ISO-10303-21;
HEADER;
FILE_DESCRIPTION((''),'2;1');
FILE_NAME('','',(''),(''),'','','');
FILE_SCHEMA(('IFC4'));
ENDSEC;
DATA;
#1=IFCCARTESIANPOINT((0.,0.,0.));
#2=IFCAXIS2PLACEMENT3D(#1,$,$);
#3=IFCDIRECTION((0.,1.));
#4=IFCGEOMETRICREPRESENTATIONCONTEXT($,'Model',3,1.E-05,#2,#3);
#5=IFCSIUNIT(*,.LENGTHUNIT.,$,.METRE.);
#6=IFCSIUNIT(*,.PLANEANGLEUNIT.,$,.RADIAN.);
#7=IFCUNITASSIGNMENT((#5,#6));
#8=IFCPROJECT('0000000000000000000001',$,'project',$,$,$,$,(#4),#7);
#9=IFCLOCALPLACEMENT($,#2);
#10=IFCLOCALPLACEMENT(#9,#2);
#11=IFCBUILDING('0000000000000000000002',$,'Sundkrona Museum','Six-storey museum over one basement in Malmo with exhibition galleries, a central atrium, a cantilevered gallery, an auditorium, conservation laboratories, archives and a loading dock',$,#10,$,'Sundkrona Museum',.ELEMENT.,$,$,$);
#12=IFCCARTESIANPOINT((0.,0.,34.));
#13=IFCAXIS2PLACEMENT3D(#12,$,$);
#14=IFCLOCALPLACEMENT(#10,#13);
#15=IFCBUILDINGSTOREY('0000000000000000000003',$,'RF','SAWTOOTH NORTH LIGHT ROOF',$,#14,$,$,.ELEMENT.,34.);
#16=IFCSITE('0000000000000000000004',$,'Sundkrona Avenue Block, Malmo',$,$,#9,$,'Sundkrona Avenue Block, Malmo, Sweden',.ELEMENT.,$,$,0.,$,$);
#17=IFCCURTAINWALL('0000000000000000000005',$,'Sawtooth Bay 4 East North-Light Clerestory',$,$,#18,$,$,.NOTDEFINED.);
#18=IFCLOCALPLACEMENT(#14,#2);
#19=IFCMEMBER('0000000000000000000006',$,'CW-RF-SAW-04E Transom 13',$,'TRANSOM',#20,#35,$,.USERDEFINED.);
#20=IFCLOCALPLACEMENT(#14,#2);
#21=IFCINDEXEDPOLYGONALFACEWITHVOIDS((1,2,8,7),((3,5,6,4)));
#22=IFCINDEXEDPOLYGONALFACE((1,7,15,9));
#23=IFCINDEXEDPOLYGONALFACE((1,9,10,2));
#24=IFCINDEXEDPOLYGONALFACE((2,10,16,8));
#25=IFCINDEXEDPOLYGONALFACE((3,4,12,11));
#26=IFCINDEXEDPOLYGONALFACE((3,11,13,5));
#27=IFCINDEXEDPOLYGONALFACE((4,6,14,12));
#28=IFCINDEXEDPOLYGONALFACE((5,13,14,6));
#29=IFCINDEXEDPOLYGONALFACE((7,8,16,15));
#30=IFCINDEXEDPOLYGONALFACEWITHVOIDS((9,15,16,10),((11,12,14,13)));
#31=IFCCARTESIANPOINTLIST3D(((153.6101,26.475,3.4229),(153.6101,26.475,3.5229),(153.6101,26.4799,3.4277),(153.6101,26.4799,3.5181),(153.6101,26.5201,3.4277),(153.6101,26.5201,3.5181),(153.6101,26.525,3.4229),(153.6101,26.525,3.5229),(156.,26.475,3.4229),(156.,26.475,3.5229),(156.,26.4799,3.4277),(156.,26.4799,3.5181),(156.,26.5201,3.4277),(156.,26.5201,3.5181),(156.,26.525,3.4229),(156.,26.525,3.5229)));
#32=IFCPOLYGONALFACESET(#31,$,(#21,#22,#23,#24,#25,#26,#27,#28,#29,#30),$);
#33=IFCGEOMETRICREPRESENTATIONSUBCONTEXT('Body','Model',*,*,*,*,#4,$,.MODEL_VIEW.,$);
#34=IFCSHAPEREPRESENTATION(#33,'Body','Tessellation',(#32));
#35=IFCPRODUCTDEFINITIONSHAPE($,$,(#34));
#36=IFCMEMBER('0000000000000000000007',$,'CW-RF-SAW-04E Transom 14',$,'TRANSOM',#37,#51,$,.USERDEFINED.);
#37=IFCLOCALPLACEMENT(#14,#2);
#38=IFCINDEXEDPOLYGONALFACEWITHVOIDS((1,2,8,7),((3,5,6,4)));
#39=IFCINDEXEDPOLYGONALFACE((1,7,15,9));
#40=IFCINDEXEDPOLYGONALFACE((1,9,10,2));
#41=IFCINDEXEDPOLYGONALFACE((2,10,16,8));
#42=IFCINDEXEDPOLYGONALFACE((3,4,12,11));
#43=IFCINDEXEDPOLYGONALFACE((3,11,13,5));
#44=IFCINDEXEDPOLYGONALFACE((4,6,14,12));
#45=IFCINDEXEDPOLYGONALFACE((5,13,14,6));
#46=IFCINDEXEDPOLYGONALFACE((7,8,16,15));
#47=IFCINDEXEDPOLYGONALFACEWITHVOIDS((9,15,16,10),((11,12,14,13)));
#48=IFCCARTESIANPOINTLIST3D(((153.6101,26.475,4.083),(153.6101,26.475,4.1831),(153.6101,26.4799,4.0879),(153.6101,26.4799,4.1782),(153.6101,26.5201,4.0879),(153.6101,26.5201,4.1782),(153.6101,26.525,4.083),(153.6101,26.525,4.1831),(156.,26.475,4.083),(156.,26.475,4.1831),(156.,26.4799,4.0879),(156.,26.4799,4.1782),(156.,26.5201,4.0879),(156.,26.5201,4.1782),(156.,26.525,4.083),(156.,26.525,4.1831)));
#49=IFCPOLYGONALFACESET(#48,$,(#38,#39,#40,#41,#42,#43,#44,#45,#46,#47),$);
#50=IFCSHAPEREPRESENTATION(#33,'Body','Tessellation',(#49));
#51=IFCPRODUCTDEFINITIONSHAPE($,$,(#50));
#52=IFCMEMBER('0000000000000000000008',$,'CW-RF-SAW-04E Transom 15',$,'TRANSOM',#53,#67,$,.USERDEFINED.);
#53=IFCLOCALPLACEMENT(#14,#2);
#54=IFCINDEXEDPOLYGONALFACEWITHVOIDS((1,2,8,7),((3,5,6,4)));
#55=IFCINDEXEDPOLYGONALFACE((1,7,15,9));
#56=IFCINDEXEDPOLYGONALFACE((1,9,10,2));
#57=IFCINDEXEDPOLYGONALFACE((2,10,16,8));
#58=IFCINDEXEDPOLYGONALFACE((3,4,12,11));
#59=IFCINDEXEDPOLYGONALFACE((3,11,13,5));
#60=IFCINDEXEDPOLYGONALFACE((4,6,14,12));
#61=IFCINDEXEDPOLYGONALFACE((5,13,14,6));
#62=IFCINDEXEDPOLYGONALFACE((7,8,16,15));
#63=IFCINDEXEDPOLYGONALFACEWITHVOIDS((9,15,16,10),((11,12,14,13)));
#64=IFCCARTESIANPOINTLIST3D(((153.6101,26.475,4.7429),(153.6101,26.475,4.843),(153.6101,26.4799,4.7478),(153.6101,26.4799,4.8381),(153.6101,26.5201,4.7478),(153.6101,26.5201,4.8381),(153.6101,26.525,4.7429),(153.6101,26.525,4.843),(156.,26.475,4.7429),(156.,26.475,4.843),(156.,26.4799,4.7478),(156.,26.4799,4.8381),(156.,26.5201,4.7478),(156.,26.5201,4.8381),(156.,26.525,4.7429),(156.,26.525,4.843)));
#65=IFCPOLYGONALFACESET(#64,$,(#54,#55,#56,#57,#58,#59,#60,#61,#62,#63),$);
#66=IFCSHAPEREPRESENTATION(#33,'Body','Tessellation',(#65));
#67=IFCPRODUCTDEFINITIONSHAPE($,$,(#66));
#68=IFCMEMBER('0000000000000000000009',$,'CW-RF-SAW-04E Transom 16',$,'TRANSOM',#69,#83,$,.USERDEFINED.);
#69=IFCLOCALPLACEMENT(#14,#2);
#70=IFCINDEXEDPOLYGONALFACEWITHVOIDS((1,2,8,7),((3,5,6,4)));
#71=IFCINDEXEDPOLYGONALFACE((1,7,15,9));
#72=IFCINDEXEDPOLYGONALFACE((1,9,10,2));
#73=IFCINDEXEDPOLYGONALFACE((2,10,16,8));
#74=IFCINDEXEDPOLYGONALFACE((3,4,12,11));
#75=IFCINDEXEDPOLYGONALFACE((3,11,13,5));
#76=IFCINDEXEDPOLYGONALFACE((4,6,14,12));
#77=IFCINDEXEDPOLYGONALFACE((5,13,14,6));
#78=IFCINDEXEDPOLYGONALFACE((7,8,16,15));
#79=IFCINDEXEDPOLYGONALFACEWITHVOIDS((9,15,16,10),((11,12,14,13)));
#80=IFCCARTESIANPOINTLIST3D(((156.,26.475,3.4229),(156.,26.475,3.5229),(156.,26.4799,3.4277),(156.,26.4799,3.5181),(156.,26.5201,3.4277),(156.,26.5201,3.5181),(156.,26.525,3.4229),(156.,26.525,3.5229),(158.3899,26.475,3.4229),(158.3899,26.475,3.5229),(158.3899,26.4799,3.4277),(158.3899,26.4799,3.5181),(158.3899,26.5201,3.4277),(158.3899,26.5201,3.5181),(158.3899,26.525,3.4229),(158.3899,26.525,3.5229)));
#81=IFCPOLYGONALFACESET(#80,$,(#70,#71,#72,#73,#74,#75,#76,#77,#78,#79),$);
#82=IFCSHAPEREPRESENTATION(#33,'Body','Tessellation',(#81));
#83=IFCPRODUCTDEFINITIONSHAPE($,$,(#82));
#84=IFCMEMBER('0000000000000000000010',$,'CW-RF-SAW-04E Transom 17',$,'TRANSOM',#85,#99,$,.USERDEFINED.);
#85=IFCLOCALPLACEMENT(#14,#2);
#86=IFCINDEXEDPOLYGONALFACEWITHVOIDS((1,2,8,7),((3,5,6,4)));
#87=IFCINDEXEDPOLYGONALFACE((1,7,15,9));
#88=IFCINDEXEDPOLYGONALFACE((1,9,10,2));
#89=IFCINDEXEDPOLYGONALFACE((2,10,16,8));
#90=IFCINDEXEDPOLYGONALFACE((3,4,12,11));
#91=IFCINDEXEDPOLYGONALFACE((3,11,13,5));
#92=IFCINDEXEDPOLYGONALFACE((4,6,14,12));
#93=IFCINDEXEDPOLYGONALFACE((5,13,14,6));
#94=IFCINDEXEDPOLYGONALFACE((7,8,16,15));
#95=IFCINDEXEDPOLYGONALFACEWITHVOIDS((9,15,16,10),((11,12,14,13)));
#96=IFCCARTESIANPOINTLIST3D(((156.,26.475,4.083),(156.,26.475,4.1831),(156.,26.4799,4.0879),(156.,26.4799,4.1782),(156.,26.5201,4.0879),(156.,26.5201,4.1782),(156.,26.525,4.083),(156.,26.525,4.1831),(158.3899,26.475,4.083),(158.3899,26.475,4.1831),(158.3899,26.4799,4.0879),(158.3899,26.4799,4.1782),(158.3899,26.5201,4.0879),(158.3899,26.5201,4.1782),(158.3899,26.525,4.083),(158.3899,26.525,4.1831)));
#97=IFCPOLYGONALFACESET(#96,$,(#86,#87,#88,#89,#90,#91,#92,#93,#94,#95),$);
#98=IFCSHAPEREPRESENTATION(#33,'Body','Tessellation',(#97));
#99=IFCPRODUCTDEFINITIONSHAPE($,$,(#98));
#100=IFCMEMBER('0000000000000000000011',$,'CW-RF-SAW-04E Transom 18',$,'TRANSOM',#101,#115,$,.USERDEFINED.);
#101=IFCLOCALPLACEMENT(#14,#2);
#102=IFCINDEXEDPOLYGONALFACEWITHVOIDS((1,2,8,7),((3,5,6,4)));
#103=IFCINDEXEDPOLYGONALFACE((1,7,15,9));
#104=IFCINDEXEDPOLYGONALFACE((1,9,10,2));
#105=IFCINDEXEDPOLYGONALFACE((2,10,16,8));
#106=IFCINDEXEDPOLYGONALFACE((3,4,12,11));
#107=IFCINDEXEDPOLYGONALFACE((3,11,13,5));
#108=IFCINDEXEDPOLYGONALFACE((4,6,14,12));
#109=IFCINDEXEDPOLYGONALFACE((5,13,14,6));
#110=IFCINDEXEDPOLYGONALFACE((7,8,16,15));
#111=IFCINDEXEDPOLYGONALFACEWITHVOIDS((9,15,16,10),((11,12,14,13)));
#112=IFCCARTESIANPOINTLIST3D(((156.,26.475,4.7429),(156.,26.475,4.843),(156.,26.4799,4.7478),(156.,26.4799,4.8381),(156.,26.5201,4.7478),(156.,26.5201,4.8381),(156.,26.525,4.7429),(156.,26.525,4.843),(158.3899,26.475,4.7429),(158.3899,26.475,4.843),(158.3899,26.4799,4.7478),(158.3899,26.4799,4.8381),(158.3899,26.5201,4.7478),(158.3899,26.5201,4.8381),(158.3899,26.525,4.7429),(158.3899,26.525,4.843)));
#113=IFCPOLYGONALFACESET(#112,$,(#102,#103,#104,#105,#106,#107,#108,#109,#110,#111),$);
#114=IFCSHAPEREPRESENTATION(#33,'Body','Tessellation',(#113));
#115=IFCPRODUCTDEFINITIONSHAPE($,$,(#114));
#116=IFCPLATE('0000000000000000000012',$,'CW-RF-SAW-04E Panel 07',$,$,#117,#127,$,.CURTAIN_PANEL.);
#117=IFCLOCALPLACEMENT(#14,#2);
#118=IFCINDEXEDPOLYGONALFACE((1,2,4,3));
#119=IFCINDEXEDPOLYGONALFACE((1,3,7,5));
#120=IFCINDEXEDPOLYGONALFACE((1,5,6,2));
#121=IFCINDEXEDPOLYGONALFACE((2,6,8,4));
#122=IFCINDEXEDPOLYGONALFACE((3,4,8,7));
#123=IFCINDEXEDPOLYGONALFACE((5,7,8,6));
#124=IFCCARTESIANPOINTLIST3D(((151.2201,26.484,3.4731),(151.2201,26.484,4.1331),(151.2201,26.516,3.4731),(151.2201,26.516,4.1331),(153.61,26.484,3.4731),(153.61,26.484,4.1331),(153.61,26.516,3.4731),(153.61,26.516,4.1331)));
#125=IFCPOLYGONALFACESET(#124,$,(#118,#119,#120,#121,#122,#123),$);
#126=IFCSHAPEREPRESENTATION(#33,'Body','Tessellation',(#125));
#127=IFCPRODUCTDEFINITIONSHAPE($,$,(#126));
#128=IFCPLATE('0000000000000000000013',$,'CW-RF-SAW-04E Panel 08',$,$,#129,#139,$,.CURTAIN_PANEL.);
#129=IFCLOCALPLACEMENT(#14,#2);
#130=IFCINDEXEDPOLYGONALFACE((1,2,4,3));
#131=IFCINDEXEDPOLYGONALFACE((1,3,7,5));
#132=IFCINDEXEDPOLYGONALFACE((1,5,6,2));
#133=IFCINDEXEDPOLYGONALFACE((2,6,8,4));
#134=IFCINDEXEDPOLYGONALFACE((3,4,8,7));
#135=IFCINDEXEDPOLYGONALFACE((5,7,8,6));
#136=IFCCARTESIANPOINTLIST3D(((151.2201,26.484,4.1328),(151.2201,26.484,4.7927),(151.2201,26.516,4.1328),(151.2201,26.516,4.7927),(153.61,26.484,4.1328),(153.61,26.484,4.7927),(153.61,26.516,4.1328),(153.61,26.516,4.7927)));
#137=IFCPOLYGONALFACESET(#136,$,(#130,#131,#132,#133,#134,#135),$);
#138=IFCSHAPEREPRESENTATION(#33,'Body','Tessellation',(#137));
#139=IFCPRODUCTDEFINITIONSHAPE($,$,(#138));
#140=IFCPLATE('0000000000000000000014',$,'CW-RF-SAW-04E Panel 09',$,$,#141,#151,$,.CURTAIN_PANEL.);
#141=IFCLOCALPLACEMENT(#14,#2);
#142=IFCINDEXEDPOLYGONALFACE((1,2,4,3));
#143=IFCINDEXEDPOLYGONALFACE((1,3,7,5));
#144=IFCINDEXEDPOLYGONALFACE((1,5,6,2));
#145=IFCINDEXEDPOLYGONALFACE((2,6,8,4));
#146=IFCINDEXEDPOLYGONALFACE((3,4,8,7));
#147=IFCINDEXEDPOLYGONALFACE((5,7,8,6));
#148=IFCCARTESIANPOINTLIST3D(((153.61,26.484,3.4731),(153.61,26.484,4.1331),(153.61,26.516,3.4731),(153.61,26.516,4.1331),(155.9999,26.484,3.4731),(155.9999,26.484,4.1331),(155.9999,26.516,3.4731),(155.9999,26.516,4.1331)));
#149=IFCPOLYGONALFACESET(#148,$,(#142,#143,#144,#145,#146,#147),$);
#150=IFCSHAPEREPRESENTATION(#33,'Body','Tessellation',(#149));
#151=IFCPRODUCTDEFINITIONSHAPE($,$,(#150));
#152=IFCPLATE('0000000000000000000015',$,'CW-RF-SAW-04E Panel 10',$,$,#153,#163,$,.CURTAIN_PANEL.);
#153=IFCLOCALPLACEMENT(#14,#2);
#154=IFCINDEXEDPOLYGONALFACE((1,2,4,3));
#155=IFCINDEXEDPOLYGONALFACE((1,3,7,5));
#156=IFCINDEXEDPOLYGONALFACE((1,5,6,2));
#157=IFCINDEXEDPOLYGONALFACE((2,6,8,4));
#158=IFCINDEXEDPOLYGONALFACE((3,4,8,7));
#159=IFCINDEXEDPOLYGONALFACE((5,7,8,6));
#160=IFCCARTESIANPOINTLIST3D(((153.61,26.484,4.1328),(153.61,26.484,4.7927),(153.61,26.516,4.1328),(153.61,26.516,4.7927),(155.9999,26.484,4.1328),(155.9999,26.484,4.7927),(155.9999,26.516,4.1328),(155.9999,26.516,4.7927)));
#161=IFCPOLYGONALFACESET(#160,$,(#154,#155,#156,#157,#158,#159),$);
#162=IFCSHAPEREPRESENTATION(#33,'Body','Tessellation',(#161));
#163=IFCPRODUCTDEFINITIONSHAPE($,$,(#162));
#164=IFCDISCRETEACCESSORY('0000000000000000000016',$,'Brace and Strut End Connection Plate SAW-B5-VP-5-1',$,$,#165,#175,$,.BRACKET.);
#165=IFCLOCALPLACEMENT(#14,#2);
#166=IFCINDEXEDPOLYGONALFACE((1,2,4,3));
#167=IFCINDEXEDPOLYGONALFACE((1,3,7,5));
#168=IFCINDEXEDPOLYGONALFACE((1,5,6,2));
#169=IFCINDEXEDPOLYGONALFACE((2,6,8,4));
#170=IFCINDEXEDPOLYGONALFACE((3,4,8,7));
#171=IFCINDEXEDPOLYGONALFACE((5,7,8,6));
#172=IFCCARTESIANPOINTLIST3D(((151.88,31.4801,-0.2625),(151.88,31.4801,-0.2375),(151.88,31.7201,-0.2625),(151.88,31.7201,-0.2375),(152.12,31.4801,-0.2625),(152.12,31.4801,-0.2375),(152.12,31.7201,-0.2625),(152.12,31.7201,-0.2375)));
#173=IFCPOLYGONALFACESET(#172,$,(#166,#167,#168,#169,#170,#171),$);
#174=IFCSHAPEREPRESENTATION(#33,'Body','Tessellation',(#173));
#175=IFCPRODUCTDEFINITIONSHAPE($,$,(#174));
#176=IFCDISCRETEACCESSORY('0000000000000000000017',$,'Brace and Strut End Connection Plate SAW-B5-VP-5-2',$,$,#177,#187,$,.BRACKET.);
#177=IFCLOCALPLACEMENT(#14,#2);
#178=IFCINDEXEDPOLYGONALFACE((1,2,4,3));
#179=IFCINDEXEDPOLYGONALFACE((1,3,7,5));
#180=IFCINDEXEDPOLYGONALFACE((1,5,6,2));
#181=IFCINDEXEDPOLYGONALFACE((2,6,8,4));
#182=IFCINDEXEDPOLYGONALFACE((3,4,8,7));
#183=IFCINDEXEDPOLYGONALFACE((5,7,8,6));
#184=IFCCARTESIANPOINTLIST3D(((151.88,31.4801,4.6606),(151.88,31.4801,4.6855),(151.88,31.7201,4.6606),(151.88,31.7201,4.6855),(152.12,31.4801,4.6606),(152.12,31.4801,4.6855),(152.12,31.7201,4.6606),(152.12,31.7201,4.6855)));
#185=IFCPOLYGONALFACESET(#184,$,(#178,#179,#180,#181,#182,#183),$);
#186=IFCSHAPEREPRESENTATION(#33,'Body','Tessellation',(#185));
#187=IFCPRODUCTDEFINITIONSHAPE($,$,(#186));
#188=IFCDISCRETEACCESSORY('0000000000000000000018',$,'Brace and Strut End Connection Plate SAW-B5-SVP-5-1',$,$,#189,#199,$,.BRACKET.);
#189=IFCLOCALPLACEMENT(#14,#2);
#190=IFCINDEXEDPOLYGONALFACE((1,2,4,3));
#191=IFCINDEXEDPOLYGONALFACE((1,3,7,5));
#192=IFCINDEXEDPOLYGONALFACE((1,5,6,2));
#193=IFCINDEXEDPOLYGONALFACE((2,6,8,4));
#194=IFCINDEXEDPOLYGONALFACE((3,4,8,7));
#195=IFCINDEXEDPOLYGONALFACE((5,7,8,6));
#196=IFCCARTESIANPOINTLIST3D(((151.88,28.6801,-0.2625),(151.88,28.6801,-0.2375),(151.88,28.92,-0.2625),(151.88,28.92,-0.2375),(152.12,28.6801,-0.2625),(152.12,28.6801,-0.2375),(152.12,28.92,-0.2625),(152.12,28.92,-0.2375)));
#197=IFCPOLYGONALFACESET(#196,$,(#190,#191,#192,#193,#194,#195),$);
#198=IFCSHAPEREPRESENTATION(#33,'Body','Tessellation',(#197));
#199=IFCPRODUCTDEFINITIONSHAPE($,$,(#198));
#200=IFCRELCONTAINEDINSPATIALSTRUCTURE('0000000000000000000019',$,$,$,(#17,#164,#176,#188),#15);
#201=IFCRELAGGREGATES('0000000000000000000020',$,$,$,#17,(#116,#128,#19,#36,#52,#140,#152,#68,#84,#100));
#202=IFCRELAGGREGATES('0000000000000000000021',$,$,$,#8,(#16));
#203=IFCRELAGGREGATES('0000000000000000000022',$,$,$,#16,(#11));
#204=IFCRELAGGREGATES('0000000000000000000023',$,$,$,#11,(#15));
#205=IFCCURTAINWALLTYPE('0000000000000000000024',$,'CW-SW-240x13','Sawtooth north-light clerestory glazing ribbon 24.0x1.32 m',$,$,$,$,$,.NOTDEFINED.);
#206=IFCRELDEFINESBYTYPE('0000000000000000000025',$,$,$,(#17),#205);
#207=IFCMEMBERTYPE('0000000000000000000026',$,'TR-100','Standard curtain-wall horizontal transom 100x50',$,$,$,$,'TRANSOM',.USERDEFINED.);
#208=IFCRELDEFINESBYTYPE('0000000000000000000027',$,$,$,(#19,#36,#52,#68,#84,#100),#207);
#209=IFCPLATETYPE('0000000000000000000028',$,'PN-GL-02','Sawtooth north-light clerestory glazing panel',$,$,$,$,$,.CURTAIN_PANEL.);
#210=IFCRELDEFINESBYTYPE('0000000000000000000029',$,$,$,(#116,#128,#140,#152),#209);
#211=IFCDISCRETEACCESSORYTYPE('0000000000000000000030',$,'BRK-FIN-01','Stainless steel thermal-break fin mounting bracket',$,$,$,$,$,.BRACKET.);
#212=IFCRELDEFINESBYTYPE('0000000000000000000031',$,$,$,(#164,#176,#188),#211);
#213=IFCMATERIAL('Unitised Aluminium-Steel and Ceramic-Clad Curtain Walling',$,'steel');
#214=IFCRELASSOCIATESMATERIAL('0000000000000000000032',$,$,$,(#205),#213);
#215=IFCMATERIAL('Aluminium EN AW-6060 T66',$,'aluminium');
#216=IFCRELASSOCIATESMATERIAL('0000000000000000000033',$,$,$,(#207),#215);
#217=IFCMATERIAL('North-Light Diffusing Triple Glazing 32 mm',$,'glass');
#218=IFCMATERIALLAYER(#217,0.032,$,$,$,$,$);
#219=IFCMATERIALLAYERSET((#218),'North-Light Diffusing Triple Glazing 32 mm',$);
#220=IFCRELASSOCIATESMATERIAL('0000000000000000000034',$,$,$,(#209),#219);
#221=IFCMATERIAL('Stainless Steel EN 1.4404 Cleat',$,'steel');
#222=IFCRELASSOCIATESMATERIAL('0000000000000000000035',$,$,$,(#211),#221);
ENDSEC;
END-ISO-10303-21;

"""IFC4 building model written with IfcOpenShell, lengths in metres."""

from ifc_helpers import new_model, si_unit, direction, frame, origin, origin_2d, place, context, subcontext, project, spatial, rectangle, hollow_rectangle, extrude, material, layer, layer_set, material_profile, profile_set, type_object, element, aggregate, save


model = new_model("IFC4")

# Units and contexts
model_context = context("Model", 3, precision=1e-05, world=origin(), true_north=direction((0.0, 1.0)))
body_context = subcontext(model_context, "Body", "Model", "MODEL_VIEW")
ifc_project = project(units=[si_unit("LENGTHUNIT", "METRE"), si_unit("PLANEANGLEUNIT", "RADIAN")], contexts=[model_context])

# Site, building, storey
site_placement = place(None, origin())
site = spatial("IfcSite", under=ifc_project, at=site_placement, Name="Sundkrona Avenue Block, Malmo", LongName="Sundkrona Avenue Block, Malmo, Sweden", CompositionType="ELEMENT", RefElevation=0.0)
building_placement = place(site_placement, origin())
building = spatial("IfcBuilding", under=site, at=building_placement, Name="Sundkrona Museum", Description="Six-storey museum over one basement in Malmo with exhibition galleries, a central atrium, a cantilevered gallery, an auditorium, conservation laboratories, archives and a loading dock", LongName="Sundkrona Museum", CompositionType="ELEMENT")
storey_placement = place(building_placement, frame((0.0, 0.0, 34.0)))
storey = spatial("IfcBuildingStorey", under=building, at=storey_placement, Name="RF", Description="SAWTOOTH NORTH LIGHT ROOF", CompositionType="ELEMENT", Elevation=34.0)

# Curtain wall
ifc_material_1 = material(Name="Unitised Aluminium-Steel and Ceramic-Clad Curtain Walling", Category="steel")
curtain_wall_type = type_object("IfcCurtainWallType", Name="CW-SW-240x13", Description="Sawtooth north-light clerestory glazing ribbon 24.0x1.32 m", PredefinedType="NOTDEFINED", material=ifc_material_1)
curtain_wall_placement = place(storey_placement, origin())
curtain_wall = element("IfcCurtainWall", 1, at=curtain_wall_placement, inside=storey, type_object=curtain_wall_type, Name="Sawtooth Bay 4 East North-Light Clerestory", PredefinedType="NOTDEFINED")
ifc_material_2 = material(Name="Aluminium EN AW-6060 T66", Category="aluminium")

# Members
ifc_material_profile_1 = material_profile(ifc_material_2, hollow_rectangle(XDim=0.05, YDim=0.1001, WallThickness=0.0049, at=origin_2d()), Name="RHS 100x50x5.0")
ifc_profile_set_1 = profile_set([ifc_material_profile_1], Name="Aluminium EN AW-6060 T66")
member_type_1 = type_object("IfcMemberType", Name="TR-100", Description="Standard curtain-wall horizontal transom 100x50", ElementType="TRANSOM", PredefinedType="USERDEFINED", material=ifc_profile_set_1)
member_1_placement = place(storey_placement, frame((153.6101, 26.5, 3.4729), z_axis=(1.0, 0.0, 0.0), x_axis=(0.0, 1.0, 0.0)))
member_1 = element("IfcMember", 2, at=member_1_placement, type_object=member_type_1, Name="CW-RF-SAW-04E Transom 13", ObjectType="TRANSOM", PredefinedType="USERDEFINED", context=body_context, shape_type="SweptSolid", body=[
    extrude(hollow_rectangle(XDim=0.05, YDim=0.1001, WallThickness=0.0049, at=origin_2d()), origin(), (0.0, 0.0, 1.0), 2.3899),
])
member_2_placement = place(storey_placement, frame((153.6101, 26.5, 4.1331), z_axis=(1.0, 0.0, 0.0), x_axis=(0.0, 1.0, 0.0)))
member_2 = element("IfcMember", 3, at=member_2_placement, type_object=member_type_1, Name="CW-RF-SAW-04E Transom 14", ObjectType="TRANSOM", PredefinedType="USERDEFINED", context=body_context, shape_type="SweptSolid", body=[
    extrude(hollow_rectangle(XDim=0.05, YDim=0.1001, WallThickness=0.0049, at=origin_2d()), origin(), (0.0, 0.0, 1.0), 2.3899),
])
member_3_placement = place(storey_placement, frame((153.6101, 26.5, 4.793), z_axis=(1.0, 0.0, 0.0), x_axis=(0.0, 1.0, 0.0)))
member_3 = element("IfcMember", 4, at=member_3_placement, type_object=member_type_1, Name="CW-RF-SAW-04E Transom 15", ObjectType="TRANSOM", PredefinedType="USERDEFINED", context=body_context, shape_type="SweptSolid", body=[
    extrude(hollow_rectangle(XDim=0.05, YDim=0.1001, WallThickness=0.0049, at=origin_2d()), origin(), (0.0, 0.0, 1.0), 2.3899),
])
member_4_placement = place(storey_placement, frame((156.0, 26.5, 3.4729), z_axis=(1.0, 0.0, 0.0), x_axis=(0.0, 1.0, 0.0)))
member_4 = element("IfcMember", 5, at=member_4_placement, type_object=member_type_1, Name="CW-RF-SAW-04E Transom 16", ObjectType="TRANSOM", PredefinedType="USERDEFINED", context=body_context, shape_type="SweptSolid", body=[
    extrude(hollow_rectangle(XDim=0.05, YDim=0.1001, WallThickness=0.0049, at=origin_2d()), origin(), (0.0, 0.0, 1.0), 2.3899),
])
member_5_placement = place(storey_placement, frame((156.0, 26.5, 4.1331), z_axis=(1.0, 0.0, 0.0), x_axis=(0.0, 1.0, 0.0)))
member_5 = element("IfcMember", 6, at=member_5_placement, type_object=member_type_1, Name="CW-RF-SAW-04E Transom 17", ObjectType="TRANSOM", PredefinedType="USERDEFINED", context=body_context, shape_type="SweptSolid", body=[
    extrude(hollow_rectangle(XDim=0.05, YDim=0.1001, WallThickness=0.0049, at=origin_2d()), origin(), (0.0, 0.0, 1.0), 2.3899),
])
member_6_placement = place(storey_placement, frame((156.0, 26.5, 4.793), z_axis=(1.0, 0.0, 0.0), x_axis=(0.0, 1.0, 0.0)))
member_6 = element("IfcMember", 7, at=member_6_placement, type_object=member_type_1, Name="CW-RF-SAW-04E Transom 18", ObjectType="TRANSOM", PredefinedType="USERDEFINED", context=body_context, shape_type="SweptSolid", body=[
    extrude(hollow_rectangle(XDim=0.05, YDim=0.1001, WallThickness=0.0049, at=origin_2d()), origin(), (0.0, 0.0, 1.0), 2.3899),
])

# Plates
ifc_material_3 = material(Name="North-Light Diffusing Triple Glazing 32 mm", Category="glass")
ifc_layer = layer(ifc_material_3, 0.032)
ifc_layer_set = layer_set([ifc_layer], Name="North-Light Diffusing Triple Glazing 32 mm")
plate_type = type_object("IfcPlateType", Name="PN-GL-02", Description="Sawtooth north-light clerestory glazing panel", PredefinedType="CURTAIN_PANEL", material=ifc_layer_set)
plate_1_placement = place(storey_placement, frame((152.415, 26.5, 3.4731), z_axis=(0.0, 0.0, 1.0), x_axis=(1.0, 0.0, 0.0)))
plate_1 = element("IfcPlate", 8, at=plate_1_placement, type_object=plate_type, Name="CW-RF-SAW-04E Panel 07", PredefinedType="CURTAIN_PANEL", context=body_context, shape_type="SweptSolid", body=[
    extrude(rectangle(XDim=2.3899, YDim=0.032, at=origin_2d()), origin(), (0.0, 0.0, 1.0), 0.6599),
])
plate_2_placement = place(storey_placement, frame((152.415, 26.5, 4.1328), z_axis=(0.0, 0.0, 1.0), x_axis=(1.0, 0.0, 0.0)))
plate_2 = element("IfcPlate", 9, at=plate_2_placement, type_object=plate_type, Name="CW-RF-SAW-04E Panel 08", PredefinedType="CURTAIN_PANEL", context=body_context, shape_type="SweptSolid", body=[
    extrude(rectangle(XDim=2.3899, YDim=0.032, at=origin_2d()), origin(), (0.0, 0.0, 1.0), 0.6599),
])
plate_3_placement = place(storey_placement, frame((154.8049, 26.5, 3.4731), z_axis=(0.0, 0.0, 1.0), x_axis=(1.0, 0.0, 0.0)))
plate_3 = element("IfcPlate", 10, at=plate_3_placement, type_object=plate_type, Name="CW-RF-SAW-04E Panel 09", PredefinedType="CURTAIN_PANEL", context=body_context, shape_type="SweptSolid", body=[
    extrude(rectangle(XDim=2.3899, YDim=0.032, at=origin_2d()), origin(), (0.0, 0.0, 1.0), 0.6599),
])
plate_4_placement = place(storey_placement, frame((154.8049, 26.5, 4.1328), z_axis=(0.0, 0.0, 1.0), x_axis=(1.0, 0.0, 0.0)))
plate_4 = element("IfcPlate", 11, at=plate_4_placement, type_object=plate_type, Name="CW-RF-SAW-04E Panel 10", PredefinedType="CURTAIN_PANEL", context=body_context, shape_type="SweptSolid", body=[
    extrude(rectangle(XDim=2.3899, YDim=0.032, at=origin_2d()), origin(), (0.0, 0.0, 1.0), 0.6599),
])
aggregate(curtain_wall, [plate_1, plate_2, member_1, member_2, member_3, plate_3, plate_4, member_4, member_5, member_6])

# Discrete accessories
ifc_material_4 = material(Name="Stainless Steel EN 1.4404 Cleat", Category="steel")
discrete_accessory_type = type_object("IfcDiscreteAccessoryType", Name="BRK-FIN-01", Description="Stainless steel thermal-break fin mounting bracket", PredefinedType="BRACKET", material=ifc_material_4)
for number, where, z_axis, x_axis, name in (
    (12, (152.0, 31.6001, -0.2625), (0.0, 0.0, 1.0), (1.0, 0.0, 0.0), "Brace and Strut End Connection Plate SAW-B5-VP-5-1"),
    (13, (152.0, 31.6001, 4.6606), (0.0, 0.0, 1.0), (1.0, 0.0, 0.0), "Brace and Strut End Connection Plate SAW-B5-VP-5-2"),
    (14, (152.0, 28.8, -0.2625), (0.0, 0.0, 1.0), (1.0, 0.0, 0.0), "Brace and Strut End Connection Plate SAW-B5-SVP-5-1"),
):
    element("IfcDiscreteAccessory", number, at=place(storey_placement, frame(where, z_axis=z_axis, x_axis=x_axis)), inside=storey, type_object=discrete_accessory_type, Name=name, PredefinedType="BRACKET", context=body_context, shape_type="SweptSolid", body=[
        extrude(rectangle(XDim=0.24, YDim=0.24, at=origin_2d()), origin(), (0.0, 0.0, 1.0), 0.0249),
    ])

save(model, "model.ifc")
